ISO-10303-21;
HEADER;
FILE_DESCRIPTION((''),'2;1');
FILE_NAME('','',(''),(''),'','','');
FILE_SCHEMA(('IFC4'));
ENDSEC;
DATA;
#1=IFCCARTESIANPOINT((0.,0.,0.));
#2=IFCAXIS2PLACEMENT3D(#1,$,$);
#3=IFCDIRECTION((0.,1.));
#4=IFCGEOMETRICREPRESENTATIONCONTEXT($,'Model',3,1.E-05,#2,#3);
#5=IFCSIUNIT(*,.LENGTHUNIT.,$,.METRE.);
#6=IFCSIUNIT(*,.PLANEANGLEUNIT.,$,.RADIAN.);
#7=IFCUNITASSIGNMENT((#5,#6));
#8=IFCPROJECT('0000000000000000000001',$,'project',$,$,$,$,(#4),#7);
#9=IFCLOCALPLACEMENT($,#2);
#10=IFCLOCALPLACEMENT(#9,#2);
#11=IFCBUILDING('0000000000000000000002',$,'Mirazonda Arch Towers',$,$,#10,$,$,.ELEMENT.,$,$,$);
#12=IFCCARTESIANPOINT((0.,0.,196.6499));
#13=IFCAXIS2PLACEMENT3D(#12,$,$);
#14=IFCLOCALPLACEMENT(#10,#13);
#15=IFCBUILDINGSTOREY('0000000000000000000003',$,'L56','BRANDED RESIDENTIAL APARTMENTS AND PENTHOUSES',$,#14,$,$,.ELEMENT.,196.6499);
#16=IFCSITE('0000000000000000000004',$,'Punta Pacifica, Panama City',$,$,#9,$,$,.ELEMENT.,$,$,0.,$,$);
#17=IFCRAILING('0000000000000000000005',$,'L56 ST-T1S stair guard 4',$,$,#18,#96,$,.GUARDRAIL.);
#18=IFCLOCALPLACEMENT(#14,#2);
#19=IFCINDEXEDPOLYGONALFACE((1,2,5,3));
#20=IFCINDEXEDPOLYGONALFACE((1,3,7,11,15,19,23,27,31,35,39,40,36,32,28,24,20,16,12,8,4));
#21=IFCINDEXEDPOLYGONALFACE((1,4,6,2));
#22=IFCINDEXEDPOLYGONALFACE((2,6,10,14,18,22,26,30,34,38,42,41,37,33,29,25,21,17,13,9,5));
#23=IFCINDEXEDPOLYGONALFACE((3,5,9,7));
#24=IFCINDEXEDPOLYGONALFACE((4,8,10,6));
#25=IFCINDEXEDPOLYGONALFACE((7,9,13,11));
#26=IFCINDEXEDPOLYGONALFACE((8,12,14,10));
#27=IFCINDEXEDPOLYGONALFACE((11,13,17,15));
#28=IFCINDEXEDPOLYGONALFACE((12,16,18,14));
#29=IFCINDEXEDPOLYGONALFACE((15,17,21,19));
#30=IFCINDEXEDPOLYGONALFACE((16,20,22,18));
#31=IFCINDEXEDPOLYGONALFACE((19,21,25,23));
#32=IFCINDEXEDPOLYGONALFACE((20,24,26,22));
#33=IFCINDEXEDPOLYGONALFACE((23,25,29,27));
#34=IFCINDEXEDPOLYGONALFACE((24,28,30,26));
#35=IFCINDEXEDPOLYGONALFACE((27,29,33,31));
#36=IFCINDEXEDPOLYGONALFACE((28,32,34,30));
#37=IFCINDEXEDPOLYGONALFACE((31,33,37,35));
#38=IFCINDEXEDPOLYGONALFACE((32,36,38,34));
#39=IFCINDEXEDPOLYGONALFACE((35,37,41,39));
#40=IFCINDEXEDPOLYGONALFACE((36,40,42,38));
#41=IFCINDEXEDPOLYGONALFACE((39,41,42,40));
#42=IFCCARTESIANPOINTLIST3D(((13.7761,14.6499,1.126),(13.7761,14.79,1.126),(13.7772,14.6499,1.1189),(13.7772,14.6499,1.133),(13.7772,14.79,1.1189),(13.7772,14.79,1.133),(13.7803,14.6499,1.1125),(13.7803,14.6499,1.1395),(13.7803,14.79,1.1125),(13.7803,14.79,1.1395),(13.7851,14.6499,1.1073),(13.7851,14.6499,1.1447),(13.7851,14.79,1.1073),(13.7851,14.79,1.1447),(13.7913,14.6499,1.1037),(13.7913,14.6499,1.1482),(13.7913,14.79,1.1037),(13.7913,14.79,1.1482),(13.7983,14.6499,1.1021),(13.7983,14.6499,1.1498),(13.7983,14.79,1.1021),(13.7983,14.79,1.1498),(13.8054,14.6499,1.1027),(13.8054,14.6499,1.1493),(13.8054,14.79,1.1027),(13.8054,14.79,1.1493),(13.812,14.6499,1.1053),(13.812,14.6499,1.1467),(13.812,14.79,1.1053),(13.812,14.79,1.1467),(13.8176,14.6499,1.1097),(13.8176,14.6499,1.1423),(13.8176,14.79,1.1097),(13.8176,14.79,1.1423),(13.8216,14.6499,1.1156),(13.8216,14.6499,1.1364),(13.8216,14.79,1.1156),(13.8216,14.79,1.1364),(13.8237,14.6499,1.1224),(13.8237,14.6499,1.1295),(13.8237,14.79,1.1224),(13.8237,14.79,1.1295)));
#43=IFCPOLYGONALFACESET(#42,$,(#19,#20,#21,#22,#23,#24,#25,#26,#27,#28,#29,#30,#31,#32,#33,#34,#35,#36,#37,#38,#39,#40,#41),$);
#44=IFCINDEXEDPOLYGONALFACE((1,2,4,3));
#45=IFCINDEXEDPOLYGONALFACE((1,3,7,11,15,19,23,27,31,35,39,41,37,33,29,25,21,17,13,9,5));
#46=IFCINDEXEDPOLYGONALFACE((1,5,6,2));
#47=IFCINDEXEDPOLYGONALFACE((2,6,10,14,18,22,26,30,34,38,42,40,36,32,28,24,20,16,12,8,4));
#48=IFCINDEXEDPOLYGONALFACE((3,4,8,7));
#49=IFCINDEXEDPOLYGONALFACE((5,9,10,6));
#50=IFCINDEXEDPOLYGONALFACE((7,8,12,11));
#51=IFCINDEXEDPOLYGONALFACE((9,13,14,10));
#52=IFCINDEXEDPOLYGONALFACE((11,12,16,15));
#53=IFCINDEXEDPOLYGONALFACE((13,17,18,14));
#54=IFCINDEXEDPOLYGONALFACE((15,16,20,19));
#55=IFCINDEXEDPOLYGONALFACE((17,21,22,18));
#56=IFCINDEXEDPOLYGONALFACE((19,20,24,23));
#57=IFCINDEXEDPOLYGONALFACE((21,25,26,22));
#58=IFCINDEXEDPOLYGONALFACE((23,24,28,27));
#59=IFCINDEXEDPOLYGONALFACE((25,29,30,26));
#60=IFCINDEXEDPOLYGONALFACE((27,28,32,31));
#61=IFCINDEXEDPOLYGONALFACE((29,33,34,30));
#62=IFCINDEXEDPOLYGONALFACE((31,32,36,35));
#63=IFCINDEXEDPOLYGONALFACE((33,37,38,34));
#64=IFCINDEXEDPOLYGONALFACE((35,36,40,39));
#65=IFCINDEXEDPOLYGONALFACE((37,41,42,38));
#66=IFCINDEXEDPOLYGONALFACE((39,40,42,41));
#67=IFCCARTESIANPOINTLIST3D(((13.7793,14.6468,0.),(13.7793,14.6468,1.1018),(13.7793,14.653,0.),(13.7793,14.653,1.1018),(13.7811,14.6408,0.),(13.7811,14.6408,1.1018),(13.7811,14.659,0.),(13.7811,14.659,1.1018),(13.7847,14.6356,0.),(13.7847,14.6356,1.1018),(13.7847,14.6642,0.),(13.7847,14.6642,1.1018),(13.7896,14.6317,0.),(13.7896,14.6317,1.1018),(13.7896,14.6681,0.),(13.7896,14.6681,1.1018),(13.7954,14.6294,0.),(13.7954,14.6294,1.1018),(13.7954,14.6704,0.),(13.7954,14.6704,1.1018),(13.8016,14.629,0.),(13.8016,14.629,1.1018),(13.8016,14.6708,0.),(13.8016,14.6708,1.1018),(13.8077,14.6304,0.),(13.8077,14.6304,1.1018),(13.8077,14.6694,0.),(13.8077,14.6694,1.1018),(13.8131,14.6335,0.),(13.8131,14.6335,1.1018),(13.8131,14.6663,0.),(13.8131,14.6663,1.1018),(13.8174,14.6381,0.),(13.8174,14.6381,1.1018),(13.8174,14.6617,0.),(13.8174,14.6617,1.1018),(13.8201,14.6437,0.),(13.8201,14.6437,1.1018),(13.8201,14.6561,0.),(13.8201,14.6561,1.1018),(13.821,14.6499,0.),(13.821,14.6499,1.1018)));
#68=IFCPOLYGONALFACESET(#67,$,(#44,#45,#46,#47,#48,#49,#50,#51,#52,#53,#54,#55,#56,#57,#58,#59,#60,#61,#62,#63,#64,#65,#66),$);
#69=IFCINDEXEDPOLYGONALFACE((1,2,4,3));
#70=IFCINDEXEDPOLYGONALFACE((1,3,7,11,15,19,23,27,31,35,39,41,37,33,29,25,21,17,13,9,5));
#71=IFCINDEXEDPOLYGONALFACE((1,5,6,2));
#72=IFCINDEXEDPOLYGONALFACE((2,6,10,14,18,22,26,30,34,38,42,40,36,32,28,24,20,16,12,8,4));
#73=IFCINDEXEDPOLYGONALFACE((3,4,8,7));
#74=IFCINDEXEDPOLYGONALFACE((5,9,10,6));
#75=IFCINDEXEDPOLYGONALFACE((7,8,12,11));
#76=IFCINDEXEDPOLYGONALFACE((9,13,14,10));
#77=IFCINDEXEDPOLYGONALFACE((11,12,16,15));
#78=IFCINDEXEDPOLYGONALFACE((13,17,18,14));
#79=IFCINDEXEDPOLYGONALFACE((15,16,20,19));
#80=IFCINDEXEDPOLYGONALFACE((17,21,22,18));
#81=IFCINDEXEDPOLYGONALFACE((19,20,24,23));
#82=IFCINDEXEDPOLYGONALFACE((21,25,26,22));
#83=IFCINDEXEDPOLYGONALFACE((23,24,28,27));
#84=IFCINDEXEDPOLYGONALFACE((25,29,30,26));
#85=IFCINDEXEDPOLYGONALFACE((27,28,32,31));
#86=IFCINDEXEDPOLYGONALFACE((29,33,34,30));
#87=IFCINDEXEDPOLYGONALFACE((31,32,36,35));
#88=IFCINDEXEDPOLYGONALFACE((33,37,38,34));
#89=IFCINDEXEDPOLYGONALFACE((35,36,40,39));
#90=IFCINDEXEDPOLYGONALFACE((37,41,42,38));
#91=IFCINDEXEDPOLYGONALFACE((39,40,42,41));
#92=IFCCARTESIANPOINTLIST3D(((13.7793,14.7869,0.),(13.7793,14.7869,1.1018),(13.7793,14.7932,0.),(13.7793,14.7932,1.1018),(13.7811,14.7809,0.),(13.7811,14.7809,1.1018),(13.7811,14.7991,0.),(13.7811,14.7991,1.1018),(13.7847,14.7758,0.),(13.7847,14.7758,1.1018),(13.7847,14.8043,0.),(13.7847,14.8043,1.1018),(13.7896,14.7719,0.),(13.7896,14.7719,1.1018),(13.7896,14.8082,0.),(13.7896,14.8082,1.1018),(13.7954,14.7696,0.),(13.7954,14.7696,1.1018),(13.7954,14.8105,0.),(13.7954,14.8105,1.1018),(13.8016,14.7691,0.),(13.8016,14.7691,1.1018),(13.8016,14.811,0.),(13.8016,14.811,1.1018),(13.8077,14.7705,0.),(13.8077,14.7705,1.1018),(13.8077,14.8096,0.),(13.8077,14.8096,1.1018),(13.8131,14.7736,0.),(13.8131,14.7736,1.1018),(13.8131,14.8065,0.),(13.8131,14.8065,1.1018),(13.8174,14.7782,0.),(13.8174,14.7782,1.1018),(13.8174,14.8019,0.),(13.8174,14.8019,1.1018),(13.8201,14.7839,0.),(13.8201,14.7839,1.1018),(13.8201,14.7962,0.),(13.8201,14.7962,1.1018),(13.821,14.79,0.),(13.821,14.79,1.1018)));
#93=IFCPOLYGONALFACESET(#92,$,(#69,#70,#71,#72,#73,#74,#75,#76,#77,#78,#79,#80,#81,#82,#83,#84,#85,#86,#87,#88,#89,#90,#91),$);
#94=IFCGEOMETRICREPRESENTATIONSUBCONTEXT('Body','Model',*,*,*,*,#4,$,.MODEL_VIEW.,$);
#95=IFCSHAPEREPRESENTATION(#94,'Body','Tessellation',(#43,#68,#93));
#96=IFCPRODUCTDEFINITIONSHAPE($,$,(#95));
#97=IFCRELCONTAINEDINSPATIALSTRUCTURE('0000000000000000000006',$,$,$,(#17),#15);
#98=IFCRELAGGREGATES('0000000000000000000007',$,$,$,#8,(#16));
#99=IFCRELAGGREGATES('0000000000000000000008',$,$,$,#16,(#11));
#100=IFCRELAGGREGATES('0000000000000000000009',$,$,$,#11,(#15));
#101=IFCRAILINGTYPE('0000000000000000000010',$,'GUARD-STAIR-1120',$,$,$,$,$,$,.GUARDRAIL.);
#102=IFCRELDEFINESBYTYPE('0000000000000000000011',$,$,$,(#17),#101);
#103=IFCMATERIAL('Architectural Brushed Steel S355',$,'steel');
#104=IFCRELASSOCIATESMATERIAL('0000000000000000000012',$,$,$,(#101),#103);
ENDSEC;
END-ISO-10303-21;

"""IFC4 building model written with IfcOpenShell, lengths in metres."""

from ifc_helpers import new_model, si_unit, direction, frame, origin, origin_2d, place, context, subcontext, project, spatial, circle, extrude, material, type_object, element, save


model = new_model("IFC4")

# Units and contexts
model_context = context("Model", 3, precision=1e-05, world=origin(), true_north=direction((0.0, 1.0)))
body_context = subcontext(model_context, "Body", "Model", "MODEL_VIEW")
ifc_project = project(units=[si_unit("LENGTHUNIT", "METRE"), si_unit("PLANEANGLEUNIT", "RADIAN")], contexts=[model_context])

# Site, building, storey
site_placement = place(None, origin())
site = spatial("IfcSite", under=ifc_project, at=site_placement, Name="Punta Pacifica, Panama City", CompositionType="ELEMENT", RefElevation=0.0)
building_placement = place(site_placement, origin())
building = spatial("IfcBuilding", under=site, at=building_placement, Name="Mirazonda Arch Towers", CompositionType="ELEMENT")
storey_placement = place(building_placement, frame((0.0, 0.0, 196.6499)))
storey = spatial("IfcBuildingStorey", under=building, at=storey_placement, Name="L56", Description="BRANDED RESIDENTIAL APARTMENTS AND PENTHOUSES", CompositionType="ELEMENT", Elevation=196.6499)

# Shared definitions
ifc_material_1 = material(Name="Architectural Brushed Steel S355", Category="steel")

# Railing
railing_type_1 = type_object("IfcRailingType", Name="GUARD-STAIR-1120", PredefinedType="GUARDRAIL", material=ifc_material_1)
railing_1_placement = place(storey_placement, frame((13.8, 14.6499, 0.0)))
element("IfcRailing", 1, at=railing_1_placement, inside=storey, type_object=railing_type_1, Name="L56 ST-T1S stair guard 4", PredefinedType="GUARDRAIL", context=body_context, shape_type="SweptSolid", body=[
    extrude(circle(Radius=0.0239, at=origin_2d()), frame((0.0, 0.0, 1.126), z_axis=(0.0, 1.0, 0.0), x_axis=(-1.0, 0.0, 0.0)), (0.0, 0.0, 1.0), 0.1401),
    extrude(circle(Radius=0.021, at=origin_2d()), origin(), (0.0, 0.0, 1.0), 1.1018),
    extrude(circle(Radius=0.021, at=origin_2d()), frame((0.0, 0.1401, 0.0)), (0.0, 0.0, 1.0), 1.1018),
])

save(model, "model.ifc")
